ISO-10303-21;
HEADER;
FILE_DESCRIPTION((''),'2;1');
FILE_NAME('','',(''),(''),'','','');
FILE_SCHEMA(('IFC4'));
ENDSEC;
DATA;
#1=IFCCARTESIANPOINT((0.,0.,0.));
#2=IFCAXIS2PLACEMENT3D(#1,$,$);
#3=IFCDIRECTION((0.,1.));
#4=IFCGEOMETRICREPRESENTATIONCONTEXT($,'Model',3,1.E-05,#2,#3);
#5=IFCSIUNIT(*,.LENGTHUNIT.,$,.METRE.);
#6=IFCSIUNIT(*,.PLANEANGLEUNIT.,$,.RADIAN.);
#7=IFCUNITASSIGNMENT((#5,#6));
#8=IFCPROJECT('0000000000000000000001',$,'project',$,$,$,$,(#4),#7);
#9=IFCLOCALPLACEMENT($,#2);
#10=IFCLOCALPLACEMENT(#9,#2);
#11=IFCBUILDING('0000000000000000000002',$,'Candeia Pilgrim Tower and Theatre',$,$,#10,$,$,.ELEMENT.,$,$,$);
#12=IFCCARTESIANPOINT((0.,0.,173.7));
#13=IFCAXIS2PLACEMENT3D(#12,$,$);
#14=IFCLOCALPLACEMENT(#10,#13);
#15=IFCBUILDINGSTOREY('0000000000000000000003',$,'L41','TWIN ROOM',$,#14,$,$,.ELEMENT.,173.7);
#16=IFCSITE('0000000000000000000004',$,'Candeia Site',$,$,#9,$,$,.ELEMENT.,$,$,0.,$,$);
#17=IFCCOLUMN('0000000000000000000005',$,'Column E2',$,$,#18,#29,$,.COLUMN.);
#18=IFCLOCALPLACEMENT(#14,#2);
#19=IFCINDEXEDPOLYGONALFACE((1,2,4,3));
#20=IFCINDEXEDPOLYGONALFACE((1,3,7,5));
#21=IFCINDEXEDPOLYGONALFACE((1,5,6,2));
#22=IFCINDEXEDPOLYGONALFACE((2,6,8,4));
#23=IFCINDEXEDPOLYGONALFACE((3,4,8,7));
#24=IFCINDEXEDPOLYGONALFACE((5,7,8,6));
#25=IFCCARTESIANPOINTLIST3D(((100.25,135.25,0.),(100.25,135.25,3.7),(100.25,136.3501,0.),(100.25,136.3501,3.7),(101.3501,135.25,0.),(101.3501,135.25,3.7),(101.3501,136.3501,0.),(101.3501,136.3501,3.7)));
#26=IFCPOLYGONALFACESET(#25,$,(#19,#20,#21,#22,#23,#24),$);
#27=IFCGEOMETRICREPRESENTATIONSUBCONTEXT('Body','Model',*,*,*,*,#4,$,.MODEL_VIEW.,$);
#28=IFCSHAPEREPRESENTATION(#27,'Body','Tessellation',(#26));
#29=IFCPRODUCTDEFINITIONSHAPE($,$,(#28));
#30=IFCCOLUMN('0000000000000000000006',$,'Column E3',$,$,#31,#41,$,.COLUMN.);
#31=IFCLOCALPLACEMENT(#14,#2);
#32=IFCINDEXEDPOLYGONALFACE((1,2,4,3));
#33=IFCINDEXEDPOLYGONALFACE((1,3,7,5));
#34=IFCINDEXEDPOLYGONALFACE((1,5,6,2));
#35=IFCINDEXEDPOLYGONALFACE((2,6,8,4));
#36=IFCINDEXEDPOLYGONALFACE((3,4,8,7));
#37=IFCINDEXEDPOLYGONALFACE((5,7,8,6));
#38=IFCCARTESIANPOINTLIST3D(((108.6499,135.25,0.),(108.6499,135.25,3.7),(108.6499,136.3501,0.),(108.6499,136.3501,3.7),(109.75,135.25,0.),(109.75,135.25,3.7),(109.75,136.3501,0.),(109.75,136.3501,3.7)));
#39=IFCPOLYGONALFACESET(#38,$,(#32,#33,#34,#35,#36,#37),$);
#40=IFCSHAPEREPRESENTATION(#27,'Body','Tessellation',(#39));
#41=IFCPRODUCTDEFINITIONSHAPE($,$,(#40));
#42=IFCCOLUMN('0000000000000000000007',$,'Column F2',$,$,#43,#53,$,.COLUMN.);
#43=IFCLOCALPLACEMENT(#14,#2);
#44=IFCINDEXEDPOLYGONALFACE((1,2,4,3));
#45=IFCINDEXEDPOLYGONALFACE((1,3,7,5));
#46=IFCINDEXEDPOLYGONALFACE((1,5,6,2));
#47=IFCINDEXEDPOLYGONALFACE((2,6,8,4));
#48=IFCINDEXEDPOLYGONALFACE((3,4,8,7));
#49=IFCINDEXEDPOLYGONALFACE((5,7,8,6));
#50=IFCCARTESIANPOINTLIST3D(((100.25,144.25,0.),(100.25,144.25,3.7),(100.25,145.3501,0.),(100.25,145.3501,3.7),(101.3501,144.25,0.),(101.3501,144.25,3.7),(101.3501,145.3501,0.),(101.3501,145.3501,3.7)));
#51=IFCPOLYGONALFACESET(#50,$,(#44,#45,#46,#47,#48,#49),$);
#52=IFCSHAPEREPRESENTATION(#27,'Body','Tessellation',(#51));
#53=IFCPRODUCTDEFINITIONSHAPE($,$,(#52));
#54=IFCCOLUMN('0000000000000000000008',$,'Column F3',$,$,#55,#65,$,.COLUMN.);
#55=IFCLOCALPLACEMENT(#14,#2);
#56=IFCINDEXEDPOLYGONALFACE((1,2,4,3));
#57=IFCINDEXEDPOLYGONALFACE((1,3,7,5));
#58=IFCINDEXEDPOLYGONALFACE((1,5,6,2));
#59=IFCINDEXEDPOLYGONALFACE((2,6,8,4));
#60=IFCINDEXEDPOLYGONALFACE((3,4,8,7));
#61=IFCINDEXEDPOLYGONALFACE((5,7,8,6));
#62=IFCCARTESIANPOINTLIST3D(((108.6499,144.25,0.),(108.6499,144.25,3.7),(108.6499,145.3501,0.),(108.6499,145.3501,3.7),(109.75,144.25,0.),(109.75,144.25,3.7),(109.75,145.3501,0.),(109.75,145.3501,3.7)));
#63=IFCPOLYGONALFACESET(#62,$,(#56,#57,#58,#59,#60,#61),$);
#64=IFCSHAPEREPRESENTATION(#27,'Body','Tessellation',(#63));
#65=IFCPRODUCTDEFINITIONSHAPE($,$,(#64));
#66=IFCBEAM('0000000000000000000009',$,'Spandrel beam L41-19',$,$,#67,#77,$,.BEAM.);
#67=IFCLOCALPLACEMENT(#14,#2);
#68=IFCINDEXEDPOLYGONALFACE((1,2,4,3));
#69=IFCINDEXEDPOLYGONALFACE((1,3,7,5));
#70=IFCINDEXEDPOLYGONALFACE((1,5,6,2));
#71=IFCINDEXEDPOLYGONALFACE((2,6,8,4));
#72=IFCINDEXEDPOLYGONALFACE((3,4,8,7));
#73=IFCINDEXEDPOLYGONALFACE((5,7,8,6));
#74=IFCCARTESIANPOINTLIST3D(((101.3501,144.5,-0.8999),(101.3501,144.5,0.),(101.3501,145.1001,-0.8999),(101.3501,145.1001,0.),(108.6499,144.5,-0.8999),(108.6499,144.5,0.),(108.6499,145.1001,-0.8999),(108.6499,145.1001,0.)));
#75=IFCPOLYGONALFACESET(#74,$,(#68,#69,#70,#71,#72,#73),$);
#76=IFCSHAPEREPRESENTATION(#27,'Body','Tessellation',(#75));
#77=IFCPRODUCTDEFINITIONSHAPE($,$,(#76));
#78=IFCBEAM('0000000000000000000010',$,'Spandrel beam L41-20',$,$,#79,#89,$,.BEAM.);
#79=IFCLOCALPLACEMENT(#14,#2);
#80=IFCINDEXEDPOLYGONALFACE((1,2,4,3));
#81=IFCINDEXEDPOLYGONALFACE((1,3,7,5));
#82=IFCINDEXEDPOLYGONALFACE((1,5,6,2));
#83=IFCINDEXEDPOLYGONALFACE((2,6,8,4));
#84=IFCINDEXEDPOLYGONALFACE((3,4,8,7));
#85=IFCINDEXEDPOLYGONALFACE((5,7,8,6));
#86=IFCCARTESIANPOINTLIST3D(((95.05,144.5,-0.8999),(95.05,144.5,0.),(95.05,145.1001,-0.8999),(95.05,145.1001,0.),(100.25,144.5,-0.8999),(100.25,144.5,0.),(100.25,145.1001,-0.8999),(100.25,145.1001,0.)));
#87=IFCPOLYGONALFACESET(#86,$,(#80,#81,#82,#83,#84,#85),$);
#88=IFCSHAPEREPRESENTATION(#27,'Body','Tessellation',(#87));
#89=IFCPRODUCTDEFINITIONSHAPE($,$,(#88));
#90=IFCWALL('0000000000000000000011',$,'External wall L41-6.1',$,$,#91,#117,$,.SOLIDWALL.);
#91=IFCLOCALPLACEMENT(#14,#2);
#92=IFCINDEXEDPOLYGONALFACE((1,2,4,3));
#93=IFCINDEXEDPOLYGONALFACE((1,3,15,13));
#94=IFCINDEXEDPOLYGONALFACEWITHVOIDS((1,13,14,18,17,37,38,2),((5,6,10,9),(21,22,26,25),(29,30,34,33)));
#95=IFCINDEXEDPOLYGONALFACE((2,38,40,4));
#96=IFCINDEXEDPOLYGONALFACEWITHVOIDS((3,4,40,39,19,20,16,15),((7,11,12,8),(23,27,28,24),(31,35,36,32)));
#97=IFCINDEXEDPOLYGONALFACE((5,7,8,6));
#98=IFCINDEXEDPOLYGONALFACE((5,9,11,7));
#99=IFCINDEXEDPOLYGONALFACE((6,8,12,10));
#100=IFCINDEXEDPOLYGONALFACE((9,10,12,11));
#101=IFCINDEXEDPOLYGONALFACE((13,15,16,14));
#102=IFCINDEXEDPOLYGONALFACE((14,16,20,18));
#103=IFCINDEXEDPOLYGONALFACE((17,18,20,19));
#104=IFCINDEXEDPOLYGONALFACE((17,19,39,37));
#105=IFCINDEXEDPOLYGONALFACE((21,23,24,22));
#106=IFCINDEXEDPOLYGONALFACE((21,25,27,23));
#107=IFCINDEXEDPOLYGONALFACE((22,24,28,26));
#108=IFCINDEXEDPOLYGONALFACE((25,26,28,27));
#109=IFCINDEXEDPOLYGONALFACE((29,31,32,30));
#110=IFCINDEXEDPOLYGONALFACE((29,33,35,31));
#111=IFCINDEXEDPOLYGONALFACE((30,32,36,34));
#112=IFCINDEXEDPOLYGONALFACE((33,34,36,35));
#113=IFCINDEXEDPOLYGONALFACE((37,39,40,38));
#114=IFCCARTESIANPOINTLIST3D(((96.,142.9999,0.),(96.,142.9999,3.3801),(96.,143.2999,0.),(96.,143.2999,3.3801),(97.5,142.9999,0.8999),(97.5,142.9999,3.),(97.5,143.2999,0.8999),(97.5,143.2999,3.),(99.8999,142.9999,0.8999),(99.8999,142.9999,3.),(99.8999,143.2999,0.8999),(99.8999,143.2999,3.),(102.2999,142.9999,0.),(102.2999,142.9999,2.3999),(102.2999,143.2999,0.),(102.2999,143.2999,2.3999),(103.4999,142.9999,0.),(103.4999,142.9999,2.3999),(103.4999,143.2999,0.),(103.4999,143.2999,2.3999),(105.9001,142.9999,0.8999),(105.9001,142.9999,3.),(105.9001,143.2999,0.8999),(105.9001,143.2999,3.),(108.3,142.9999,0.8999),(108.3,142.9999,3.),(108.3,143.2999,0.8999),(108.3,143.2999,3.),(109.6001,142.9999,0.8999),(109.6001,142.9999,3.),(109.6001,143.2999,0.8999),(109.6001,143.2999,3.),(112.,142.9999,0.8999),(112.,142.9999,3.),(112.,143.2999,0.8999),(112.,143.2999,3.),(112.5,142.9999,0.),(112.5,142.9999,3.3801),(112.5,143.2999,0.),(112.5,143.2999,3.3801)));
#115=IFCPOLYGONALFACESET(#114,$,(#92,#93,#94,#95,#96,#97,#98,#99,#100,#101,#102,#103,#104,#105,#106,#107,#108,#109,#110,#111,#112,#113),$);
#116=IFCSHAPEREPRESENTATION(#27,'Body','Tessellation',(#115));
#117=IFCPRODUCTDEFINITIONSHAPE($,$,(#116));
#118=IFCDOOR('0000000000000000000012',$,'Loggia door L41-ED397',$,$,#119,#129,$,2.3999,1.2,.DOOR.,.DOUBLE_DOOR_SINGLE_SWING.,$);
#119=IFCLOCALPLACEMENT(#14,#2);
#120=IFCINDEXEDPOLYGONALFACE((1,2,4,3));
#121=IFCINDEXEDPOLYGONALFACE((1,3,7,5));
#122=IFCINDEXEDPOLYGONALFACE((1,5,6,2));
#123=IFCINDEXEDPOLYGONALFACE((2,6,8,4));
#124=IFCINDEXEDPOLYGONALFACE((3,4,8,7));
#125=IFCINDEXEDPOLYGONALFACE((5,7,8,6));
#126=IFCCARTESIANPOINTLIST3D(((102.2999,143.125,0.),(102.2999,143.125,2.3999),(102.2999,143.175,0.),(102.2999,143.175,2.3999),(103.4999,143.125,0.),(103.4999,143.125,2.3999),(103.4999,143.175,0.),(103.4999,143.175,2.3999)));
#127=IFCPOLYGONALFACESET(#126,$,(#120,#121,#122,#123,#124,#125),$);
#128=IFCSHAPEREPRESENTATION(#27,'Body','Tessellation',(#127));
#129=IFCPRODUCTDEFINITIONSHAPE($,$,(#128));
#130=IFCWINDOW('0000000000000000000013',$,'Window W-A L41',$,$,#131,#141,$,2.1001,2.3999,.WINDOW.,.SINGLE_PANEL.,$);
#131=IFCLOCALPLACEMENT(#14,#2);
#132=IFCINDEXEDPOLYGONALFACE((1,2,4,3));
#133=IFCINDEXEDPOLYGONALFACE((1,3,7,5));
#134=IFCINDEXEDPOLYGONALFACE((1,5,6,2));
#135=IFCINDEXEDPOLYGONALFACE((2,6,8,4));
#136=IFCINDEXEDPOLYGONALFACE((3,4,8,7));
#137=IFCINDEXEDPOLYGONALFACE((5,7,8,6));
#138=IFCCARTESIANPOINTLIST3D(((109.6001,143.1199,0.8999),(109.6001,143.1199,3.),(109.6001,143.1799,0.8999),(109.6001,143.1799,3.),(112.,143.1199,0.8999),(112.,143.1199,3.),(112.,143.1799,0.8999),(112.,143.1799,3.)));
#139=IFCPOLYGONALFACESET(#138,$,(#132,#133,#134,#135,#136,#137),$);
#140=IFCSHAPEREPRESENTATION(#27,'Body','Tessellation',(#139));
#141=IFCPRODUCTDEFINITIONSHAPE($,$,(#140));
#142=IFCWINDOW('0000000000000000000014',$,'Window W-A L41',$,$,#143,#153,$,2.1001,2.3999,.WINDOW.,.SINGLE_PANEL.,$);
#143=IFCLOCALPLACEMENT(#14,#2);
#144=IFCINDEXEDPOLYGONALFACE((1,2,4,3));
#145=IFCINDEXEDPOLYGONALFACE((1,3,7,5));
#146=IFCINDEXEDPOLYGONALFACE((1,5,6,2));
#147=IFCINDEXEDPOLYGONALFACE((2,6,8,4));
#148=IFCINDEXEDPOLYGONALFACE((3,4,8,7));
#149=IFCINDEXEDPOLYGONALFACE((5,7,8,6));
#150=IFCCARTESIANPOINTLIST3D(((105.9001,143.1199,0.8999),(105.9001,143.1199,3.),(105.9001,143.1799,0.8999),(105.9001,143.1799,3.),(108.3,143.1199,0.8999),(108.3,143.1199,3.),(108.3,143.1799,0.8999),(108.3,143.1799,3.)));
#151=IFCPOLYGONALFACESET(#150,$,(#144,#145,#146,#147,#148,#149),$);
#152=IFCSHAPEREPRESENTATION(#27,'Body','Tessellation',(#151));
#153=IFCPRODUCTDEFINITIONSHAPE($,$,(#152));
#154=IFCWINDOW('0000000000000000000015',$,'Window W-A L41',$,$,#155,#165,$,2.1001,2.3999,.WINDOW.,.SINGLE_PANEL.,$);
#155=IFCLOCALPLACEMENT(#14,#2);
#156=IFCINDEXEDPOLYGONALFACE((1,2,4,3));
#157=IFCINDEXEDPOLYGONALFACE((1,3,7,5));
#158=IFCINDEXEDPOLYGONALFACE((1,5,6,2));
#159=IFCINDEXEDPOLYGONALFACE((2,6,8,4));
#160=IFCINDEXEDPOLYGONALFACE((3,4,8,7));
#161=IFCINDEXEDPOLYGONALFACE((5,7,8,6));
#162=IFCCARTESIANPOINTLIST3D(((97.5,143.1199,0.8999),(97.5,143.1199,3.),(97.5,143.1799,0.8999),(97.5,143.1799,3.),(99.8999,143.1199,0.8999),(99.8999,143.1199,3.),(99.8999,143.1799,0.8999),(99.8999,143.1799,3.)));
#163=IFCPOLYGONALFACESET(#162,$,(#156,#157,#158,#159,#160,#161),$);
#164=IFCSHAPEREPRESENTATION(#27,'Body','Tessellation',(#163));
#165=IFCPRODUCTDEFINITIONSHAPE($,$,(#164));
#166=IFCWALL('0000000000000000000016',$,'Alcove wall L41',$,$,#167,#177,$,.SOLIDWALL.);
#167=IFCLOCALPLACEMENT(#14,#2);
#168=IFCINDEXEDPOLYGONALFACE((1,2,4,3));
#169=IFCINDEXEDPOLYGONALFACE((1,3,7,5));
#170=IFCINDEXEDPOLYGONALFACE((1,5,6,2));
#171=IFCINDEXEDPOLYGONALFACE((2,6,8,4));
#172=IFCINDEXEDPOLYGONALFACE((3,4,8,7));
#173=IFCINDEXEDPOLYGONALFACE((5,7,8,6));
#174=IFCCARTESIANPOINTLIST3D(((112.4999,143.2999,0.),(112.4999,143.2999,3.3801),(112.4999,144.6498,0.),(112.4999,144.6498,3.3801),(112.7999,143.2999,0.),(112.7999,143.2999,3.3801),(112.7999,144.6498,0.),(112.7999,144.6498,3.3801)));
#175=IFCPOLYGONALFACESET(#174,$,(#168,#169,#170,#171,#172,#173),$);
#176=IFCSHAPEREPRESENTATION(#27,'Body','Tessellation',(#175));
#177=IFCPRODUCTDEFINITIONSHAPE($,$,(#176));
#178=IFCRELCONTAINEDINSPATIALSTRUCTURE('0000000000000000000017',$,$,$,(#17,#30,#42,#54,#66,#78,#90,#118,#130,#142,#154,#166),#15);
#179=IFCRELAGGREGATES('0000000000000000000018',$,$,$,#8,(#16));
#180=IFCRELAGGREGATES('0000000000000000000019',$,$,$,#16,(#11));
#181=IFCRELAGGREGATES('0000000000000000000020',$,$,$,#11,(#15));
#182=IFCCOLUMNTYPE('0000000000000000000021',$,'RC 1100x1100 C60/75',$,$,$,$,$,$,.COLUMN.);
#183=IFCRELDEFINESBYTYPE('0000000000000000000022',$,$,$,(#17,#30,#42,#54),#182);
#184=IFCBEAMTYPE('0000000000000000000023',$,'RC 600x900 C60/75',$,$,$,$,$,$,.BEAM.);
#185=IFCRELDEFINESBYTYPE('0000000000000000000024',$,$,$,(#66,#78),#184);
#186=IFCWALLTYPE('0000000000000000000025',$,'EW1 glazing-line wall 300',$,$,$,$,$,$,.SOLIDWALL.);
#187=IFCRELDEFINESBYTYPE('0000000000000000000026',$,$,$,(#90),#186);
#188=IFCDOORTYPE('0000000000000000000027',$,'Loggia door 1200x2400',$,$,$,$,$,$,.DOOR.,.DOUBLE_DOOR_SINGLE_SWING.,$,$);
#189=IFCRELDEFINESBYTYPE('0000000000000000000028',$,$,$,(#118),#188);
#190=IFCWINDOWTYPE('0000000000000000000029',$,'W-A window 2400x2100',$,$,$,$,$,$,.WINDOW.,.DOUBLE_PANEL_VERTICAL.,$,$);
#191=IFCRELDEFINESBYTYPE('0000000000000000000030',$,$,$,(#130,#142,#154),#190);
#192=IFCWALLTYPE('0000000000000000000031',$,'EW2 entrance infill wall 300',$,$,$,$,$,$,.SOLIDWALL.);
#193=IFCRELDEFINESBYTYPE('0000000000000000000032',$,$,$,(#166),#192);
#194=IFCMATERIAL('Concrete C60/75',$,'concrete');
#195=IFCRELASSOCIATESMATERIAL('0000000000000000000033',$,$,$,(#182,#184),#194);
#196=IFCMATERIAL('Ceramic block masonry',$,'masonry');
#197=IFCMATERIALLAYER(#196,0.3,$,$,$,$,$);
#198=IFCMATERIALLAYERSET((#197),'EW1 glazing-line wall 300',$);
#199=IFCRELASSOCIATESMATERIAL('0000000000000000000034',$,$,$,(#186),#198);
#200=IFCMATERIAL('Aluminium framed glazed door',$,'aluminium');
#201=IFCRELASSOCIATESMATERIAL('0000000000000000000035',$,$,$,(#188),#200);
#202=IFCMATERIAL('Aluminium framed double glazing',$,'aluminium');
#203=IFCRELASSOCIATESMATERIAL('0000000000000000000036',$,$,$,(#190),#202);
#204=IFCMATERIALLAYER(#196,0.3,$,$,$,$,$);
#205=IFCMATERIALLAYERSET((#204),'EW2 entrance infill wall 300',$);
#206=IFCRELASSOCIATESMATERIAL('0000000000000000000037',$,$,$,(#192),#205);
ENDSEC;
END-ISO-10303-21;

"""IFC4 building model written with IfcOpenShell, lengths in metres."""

from ifc_helpers import new_model, si_unit, direction, frame, frame_2d, origin, origin_2d, place, context, subcontext, project, spatial, rectangle, extrude, material, layer, layer_set, material_profile, profile_set, type_object, element, fill, save


model = new_model("IFC4")

# Units and contexts
model_context = context("Model", 3, precision=1e-05, world=origin(), true_north=direction((0.0, 1.0)))
body_context = subcontext(model_context, "Body", "Model", "MODEL_VIEW")
ifc_project = project(units=[si_unit("LENGTHUNIT", "METRE"), si_unit("PLANEANGLEUNIT", "RADIAN")], contexts=[model_context])

# Site, building, storey
site_placement = place(None, origin())
site = spatial("IfcSite", under=ifc_project, at=site_placement, Name="Candeia Site", CompositionType="ELEMENT", RefElevation=0.0)
building_placement = place(site_placement, origin())
building = spatial("IfcBuilding", under=site, at=building_placement, Name="Candeia Pilgrim Tower and Theatre", CompositionType="ELEMENT")
storey_placement = place(building_placement, frame((0.0, 0.0, 173.7)))
storey = spatial("IfcBuildingStorey", under=building, at=storey_placement, Name="L41", Description="TWIN ROOM", CompositionType="ELEMENT", Elevation=173.7)

# Columns
ifc_material_1 = material(Name="Concrete C60/75", Category="concrete")
ifc_material_profile_1 = material_profile(ifc_material_1, rectangle(XDim=1.1001, YDim=1.1001, at=origin_2d()))
ifc_profile_set_1 = profile_set([ifc_material_profile_1], Name="Concrete C60/75")
column_type = type_object("IfcColumnType", Name="RC 1100x1100 C60/75", PredefinedType="COLUMN", material=ifc_profile_set_1)
for number, where, z_axis, x_axis, name in (
    (1, (100.8, 135.8, 0.0), (0.0, 0.0, 1.0), (1.0, 0.0, 0.0), "Column E2"),
    (2, (109.2, 135.8, 0.0), (0.0, 0.0, 1.0), (1.0, 0.0, 0.0), "Column E3"),
    (3, (100.8, 144.8, 0.0), (0.0, 0.0, 1.0), (1.0, 0.0, 0.0), "Column F2"),
    (4, (109.2, 144.8, 0.0), (0.0, 0.0, 1.0), (1.0, 0.0, 0.0), "Column F3"),
):
    element("IfcColumn", number, at=place(storey_placement, frame(where, z_axis=z_axis, x_axis=x_axis)), inside=storey, type_object=column_type, Name=name, PredefinedType="COLUMN", context=body_context, shape_type="SweptSolid", body=[
        extrude(rectangle(XDim=1.1001, YDim=1.1001, at=origin_2d()), origin(), (0.0, 0.0, 1.0), 3.7),
    ])

# Beams
ifc_material_profile_2 = material_profile(ifc_material_1, rectangle(XDim=0.6001, YDim=0.8999, at=origin_2d()))
ifc_profile_set_2 = profile_set([ifc_material_profile_2], Name="Concrete C60/75")
beam_type = type_object("IfcBeamType", Name="RC 600x900 C60/75", PredefinedType="BEAM", material=ifc_profile_set_2)
beam_1_placement = place(storey_placement, frame((108.6499, 144.8, -0.45), z_axis=(-1.0, 0.0, 0.0), x_axis=(0.0, -1.0, 0.0)))
element("IfcBeam", 5, at=beam_1_placement, inside=storey, type_object=beam_type, Name="Spandrel beam L41-19", PredefinedType="BEAM", context=body_context, shape_type="SweptSolid", body=[
    extrude(rectangle(XDim=0.6001, YDim=0.8999, at=origin_2d()), origin(), (0.0, 0.0, 1.0), 7.2998),
])
beam_2_placement = place(storey_placement, frame((100.25, 144.8, -0.45), z_axis=(-1.0, 0.0, 0.0), x_axis=(0.0, -1.0, 0.0)))
element("IfcBeam", 6, at=beam_2_placement, inside=storey, type_object=beam_type, Name="Spandrel beam L41-20", PredefinedType="BEAM", context=body_context, shape_type="SweptSolid", body=[
    extrude(rectangle(XDim=0.6001, YDim=0.8999, at=origin_2d()), origin(), (0.0, 0.0, 1.0), 5.2),
])

# Wall, openings, door, windows
ifc_material_2 = material(Name="Ceramic block masonry", Category="masonry")
ifc_layer_1 = layer(ifc_material_2, 0.3)
ifc_layer_set_1 = layer_set([ifc_layer_1], Name="EW1 glazing-line wall 300")
wall_type_1 = type_object("IfcWallType", Name="EW1 glazing-line wall 300", PredefinedType="SOLIDWALL", material=ifc_layer_set_1)
wall_1_placement = place(storey_placement, frame((112.5, 143.1499, 0.0), z_axis=(0.0, 0.0, 1.0), x_axis=(-1.0, 0.0, 0.0)))
wall_1 = element("IfcWall", 7, at=wall_1_placement, inside=storey, type_object=wall_type_1, Name="External wall L41-6.1", PredefinedType="SOLIDWALL", context=body_context, shape_type="SweptSolid", body=[
    extrude(rectangle(XDim=16.5, YDim=0.3, at=frame_2d((8.25, 0.0))), origin(), (0.0, 0.0, 1.0), 3.3801),
])
opening_1_placement = place(wall_1_placement, frame((0.5, 0.0, 0.8999)))
opening_1 = element("IfcOpeningElement", 8, at=opening_1_placement, cuts=wall_1, PredefinedType="OPENING", context=body_context, shape_type="SweptSolid", body=[
    extrude(rectangle(XDim=2.3999, YDim=2.1001, at=frame_2d((1.2, 1.05))), frame((0.0, 0.1602, 0.0), z_axis=(0.0, -1.0, 0.0), x_axis=(1.0, 0.0, 0.0)), (0.0, 0.0, 1.0), 0.3201),
])
opening_2_placement = place(wall_1_placement, frame((4.2, 0.0, 0.8999)))
opening_2 = element("IfcOpeningElement", 9, at=opening_2_placement, cuts=wall_1, PredefinedType="OPENING", context=body_context, shape_type="SweptSolid", body=[
    extrude(rectangle(XDim=2.3999, YDim=2.1001, at=frame_2d((1.2, 1.05))), frame((0.0, 0.1602, 0.0), z_axis=(0.0, -1.0, 0.0), x_axis=(1.0, 0.0, 0.0)), (0.0, 0.0, 1.0), 0.3201),
])
opening_3_placement = place(wall_1_placement, frame((9.0, 0.0, 0.0)))
opening_3 = element("IfcOpeningElement", 10, at=opening_3_placement, cuts=wall_1, PredefinedType="OPENING", context=body_context, shape_type="SweptSolid", body=[
    extrude(rectangle(XDim=1.2, YDim=2.3999, at=frame_2d((0.6001, 1.2))), frame((0.0, 0.1602, 0.0), z_axis=(0.0, -1.0, 0.0), x_axis=(1.0, 0.0, 0.0)), (0.0, 0.0, 1.0), 0.3201),
])
opening_4_placement = place(wall_1_placement, frame((12.6001, 0.0, 0.8999)))
opening_4 = element("IfcOpeningElement", 11, at=opening_4_placement, cuts=wall_1, PredefinedType="OPENING", context=body_context, shape_type="SweptSolid", body=[
    extrude(rectangle(XDim=2.3999, YDim=2.1001, at=frame_2d((1.2, 1.05))), frame((0.0, 0.1602, 0.0), z_axis=(0.0, -1.0, 0.0), x_axis=(1.0, 0.0, 0.0)), (0.0, 0.0, 1.0), 0.3201),
])
ifc_material_3 = material(Name="Aluminium framed glazed door", Category="aluminium")
door_type_1 = type_object("IfcDoorType", Name="Loggia door 1200x2400", OperationType="DOUBLE_DOOR_SINGLE_SWING", PredefinedType="DOOR", material=ifc_material_3)
door_1_placement = place(opening_3_placement, origin())
door_1 = element("IfcDoor", 12, at=door_1_placement, inside=storey, type_object=door_type_1, Name="Loggia door L41-ED397", OperationType="DOUBLE_DOOR_SINGLE_SWING", OverallHeight=2.3999, OverallWidth=1.2, PredefinedType="DOOR", context=body_context, shape_type="SweptSolid", body=[
    extrude(rectangle(XDim=1.2, YDim=2.3999, at=frame_2d((0.6001, 1.2))), frame((0.0, 0.0249, 0.0), z_axis=(0.0, -1.0, 0.0), x_axis=(1.0, 0.0, 0.0)), (0.0, 0.0, 1.0), 0.05),
])
fill(opening_3, door_1)
ifc_material_4 = material(Name="Aluminium framed double glazing", Category="aluminium")
window_type = type_object("IfcWindowType", Name="W-A window 2400x2100", PartitioningType="DOUBLE_PANEL_VERTICAL", PredefinedType="WINDOW", material=ifc_material_4)
window_1_placement = place(opening_1_placement, origin())
window_1 = element("IfcWindow", 13, at=window_1_placement, inside=storey, type_object=window_type, Name="Window W-A L41", OverallHeight=2.1001, OverallWidth=2.3999, PartitioningType="SINGLE_PANEL", PredefinedType="WINDOW", context=body_context, shape_type="SweptSolid", body=[
    extrude(rectangle(XDim=2.3999, YDim=2.1001, at=frame_2d((1.2, 1.05))), frame((0.0, 0.03, 0.0), z_axis=(0.0, -1.0, 0.0), x_axis=(1.0, 0.0, 0.0)), (0.0, 0.0, 1.0), 0.0601),
])
fill(opening_1, window_1)
window_2_placement = place(opening_2_placement, origin())
window_2 = element("IfcWindow", 14, at=window_2_placement, inside=storey, type_object=window_type, Name="Window W-A L41", OverallHeight=2.1001, OverallWidth=2.3999, PartitioningType="SINGLE_PANEL", PredefinedType="WINDOW", context=body_context, shape_type="SweptSolid", body=[
    extrude(rectangle(XDim=2.3999, YDim=2.1001, at=frame_2d((1.2, 1.05))), frame((0.0, 0.03, 0.0), z_axis=(0.0, -1.0, 0.0), x_axis=(1.0, 0.0, 0.0)), (0.0, 0.0, 1.0), 0.0601),
])
fill(opening_2, window_2)
window_3_placement = place(opening_4_placement, origin())
window_3 = element("IfcWindow", 15, at=window_3_placement, inside=storey, type_object=window_type, Name="Window W-A L41", OverallHeight=2.1001, OverallWidth=2.3999, PartitioningType="SINGLE_PANEL", PredefinedType="WINDOW", context=body_context, shape_type="SweptSolid", body=[
    extrude(rectangle(XDim=2.3999, YDim=2.1001, at=frame_2d((1.2, 1.05))), frame((0.0, 0.03, 0.0), z_axis=(0.0, -1.0, 0.0), x_axis=(1.0, 0.0, 0.0)), (0.0, 0.0, 1.0), 0.0601),
])
fill(opening_4, window_3)

# Wall
ifc_layer_2 = layer(ifc_material_2, 0.3)
ifc_layer_set_2 = layer_set([ifc_layer_2], Name="EW2 entrance infill wall 300")
wall_type_2 = type_object("IfcWallType", Name="EW2 entrance infill wall 300", PredefinedType="SOLIDWALL", material=ifc_layer_set_2)
wall_2_placement = place(storey_placement, frame((112.6499, 143.3, 0.0), z_axis=(0.0, 0.0, 1.0), x_axis=(0.0, 1.0, 0.0)))
element("IfcWall", 16, at=wall_2_placement, inside=storey, type_object=wall_type_2, Name="Alcove wall L41", PredefinedType="SOLIDWALL", context=body_context, shape_type="SweptSolid", body=[
    extrude(rectangle(XDim=1.3499, YDim=0.3, at=frame_2d((0.6748, 0.0))), origin(), (0.0, 0.0, 1.0), 3.3801),
])

save(model, "model.ifc")
